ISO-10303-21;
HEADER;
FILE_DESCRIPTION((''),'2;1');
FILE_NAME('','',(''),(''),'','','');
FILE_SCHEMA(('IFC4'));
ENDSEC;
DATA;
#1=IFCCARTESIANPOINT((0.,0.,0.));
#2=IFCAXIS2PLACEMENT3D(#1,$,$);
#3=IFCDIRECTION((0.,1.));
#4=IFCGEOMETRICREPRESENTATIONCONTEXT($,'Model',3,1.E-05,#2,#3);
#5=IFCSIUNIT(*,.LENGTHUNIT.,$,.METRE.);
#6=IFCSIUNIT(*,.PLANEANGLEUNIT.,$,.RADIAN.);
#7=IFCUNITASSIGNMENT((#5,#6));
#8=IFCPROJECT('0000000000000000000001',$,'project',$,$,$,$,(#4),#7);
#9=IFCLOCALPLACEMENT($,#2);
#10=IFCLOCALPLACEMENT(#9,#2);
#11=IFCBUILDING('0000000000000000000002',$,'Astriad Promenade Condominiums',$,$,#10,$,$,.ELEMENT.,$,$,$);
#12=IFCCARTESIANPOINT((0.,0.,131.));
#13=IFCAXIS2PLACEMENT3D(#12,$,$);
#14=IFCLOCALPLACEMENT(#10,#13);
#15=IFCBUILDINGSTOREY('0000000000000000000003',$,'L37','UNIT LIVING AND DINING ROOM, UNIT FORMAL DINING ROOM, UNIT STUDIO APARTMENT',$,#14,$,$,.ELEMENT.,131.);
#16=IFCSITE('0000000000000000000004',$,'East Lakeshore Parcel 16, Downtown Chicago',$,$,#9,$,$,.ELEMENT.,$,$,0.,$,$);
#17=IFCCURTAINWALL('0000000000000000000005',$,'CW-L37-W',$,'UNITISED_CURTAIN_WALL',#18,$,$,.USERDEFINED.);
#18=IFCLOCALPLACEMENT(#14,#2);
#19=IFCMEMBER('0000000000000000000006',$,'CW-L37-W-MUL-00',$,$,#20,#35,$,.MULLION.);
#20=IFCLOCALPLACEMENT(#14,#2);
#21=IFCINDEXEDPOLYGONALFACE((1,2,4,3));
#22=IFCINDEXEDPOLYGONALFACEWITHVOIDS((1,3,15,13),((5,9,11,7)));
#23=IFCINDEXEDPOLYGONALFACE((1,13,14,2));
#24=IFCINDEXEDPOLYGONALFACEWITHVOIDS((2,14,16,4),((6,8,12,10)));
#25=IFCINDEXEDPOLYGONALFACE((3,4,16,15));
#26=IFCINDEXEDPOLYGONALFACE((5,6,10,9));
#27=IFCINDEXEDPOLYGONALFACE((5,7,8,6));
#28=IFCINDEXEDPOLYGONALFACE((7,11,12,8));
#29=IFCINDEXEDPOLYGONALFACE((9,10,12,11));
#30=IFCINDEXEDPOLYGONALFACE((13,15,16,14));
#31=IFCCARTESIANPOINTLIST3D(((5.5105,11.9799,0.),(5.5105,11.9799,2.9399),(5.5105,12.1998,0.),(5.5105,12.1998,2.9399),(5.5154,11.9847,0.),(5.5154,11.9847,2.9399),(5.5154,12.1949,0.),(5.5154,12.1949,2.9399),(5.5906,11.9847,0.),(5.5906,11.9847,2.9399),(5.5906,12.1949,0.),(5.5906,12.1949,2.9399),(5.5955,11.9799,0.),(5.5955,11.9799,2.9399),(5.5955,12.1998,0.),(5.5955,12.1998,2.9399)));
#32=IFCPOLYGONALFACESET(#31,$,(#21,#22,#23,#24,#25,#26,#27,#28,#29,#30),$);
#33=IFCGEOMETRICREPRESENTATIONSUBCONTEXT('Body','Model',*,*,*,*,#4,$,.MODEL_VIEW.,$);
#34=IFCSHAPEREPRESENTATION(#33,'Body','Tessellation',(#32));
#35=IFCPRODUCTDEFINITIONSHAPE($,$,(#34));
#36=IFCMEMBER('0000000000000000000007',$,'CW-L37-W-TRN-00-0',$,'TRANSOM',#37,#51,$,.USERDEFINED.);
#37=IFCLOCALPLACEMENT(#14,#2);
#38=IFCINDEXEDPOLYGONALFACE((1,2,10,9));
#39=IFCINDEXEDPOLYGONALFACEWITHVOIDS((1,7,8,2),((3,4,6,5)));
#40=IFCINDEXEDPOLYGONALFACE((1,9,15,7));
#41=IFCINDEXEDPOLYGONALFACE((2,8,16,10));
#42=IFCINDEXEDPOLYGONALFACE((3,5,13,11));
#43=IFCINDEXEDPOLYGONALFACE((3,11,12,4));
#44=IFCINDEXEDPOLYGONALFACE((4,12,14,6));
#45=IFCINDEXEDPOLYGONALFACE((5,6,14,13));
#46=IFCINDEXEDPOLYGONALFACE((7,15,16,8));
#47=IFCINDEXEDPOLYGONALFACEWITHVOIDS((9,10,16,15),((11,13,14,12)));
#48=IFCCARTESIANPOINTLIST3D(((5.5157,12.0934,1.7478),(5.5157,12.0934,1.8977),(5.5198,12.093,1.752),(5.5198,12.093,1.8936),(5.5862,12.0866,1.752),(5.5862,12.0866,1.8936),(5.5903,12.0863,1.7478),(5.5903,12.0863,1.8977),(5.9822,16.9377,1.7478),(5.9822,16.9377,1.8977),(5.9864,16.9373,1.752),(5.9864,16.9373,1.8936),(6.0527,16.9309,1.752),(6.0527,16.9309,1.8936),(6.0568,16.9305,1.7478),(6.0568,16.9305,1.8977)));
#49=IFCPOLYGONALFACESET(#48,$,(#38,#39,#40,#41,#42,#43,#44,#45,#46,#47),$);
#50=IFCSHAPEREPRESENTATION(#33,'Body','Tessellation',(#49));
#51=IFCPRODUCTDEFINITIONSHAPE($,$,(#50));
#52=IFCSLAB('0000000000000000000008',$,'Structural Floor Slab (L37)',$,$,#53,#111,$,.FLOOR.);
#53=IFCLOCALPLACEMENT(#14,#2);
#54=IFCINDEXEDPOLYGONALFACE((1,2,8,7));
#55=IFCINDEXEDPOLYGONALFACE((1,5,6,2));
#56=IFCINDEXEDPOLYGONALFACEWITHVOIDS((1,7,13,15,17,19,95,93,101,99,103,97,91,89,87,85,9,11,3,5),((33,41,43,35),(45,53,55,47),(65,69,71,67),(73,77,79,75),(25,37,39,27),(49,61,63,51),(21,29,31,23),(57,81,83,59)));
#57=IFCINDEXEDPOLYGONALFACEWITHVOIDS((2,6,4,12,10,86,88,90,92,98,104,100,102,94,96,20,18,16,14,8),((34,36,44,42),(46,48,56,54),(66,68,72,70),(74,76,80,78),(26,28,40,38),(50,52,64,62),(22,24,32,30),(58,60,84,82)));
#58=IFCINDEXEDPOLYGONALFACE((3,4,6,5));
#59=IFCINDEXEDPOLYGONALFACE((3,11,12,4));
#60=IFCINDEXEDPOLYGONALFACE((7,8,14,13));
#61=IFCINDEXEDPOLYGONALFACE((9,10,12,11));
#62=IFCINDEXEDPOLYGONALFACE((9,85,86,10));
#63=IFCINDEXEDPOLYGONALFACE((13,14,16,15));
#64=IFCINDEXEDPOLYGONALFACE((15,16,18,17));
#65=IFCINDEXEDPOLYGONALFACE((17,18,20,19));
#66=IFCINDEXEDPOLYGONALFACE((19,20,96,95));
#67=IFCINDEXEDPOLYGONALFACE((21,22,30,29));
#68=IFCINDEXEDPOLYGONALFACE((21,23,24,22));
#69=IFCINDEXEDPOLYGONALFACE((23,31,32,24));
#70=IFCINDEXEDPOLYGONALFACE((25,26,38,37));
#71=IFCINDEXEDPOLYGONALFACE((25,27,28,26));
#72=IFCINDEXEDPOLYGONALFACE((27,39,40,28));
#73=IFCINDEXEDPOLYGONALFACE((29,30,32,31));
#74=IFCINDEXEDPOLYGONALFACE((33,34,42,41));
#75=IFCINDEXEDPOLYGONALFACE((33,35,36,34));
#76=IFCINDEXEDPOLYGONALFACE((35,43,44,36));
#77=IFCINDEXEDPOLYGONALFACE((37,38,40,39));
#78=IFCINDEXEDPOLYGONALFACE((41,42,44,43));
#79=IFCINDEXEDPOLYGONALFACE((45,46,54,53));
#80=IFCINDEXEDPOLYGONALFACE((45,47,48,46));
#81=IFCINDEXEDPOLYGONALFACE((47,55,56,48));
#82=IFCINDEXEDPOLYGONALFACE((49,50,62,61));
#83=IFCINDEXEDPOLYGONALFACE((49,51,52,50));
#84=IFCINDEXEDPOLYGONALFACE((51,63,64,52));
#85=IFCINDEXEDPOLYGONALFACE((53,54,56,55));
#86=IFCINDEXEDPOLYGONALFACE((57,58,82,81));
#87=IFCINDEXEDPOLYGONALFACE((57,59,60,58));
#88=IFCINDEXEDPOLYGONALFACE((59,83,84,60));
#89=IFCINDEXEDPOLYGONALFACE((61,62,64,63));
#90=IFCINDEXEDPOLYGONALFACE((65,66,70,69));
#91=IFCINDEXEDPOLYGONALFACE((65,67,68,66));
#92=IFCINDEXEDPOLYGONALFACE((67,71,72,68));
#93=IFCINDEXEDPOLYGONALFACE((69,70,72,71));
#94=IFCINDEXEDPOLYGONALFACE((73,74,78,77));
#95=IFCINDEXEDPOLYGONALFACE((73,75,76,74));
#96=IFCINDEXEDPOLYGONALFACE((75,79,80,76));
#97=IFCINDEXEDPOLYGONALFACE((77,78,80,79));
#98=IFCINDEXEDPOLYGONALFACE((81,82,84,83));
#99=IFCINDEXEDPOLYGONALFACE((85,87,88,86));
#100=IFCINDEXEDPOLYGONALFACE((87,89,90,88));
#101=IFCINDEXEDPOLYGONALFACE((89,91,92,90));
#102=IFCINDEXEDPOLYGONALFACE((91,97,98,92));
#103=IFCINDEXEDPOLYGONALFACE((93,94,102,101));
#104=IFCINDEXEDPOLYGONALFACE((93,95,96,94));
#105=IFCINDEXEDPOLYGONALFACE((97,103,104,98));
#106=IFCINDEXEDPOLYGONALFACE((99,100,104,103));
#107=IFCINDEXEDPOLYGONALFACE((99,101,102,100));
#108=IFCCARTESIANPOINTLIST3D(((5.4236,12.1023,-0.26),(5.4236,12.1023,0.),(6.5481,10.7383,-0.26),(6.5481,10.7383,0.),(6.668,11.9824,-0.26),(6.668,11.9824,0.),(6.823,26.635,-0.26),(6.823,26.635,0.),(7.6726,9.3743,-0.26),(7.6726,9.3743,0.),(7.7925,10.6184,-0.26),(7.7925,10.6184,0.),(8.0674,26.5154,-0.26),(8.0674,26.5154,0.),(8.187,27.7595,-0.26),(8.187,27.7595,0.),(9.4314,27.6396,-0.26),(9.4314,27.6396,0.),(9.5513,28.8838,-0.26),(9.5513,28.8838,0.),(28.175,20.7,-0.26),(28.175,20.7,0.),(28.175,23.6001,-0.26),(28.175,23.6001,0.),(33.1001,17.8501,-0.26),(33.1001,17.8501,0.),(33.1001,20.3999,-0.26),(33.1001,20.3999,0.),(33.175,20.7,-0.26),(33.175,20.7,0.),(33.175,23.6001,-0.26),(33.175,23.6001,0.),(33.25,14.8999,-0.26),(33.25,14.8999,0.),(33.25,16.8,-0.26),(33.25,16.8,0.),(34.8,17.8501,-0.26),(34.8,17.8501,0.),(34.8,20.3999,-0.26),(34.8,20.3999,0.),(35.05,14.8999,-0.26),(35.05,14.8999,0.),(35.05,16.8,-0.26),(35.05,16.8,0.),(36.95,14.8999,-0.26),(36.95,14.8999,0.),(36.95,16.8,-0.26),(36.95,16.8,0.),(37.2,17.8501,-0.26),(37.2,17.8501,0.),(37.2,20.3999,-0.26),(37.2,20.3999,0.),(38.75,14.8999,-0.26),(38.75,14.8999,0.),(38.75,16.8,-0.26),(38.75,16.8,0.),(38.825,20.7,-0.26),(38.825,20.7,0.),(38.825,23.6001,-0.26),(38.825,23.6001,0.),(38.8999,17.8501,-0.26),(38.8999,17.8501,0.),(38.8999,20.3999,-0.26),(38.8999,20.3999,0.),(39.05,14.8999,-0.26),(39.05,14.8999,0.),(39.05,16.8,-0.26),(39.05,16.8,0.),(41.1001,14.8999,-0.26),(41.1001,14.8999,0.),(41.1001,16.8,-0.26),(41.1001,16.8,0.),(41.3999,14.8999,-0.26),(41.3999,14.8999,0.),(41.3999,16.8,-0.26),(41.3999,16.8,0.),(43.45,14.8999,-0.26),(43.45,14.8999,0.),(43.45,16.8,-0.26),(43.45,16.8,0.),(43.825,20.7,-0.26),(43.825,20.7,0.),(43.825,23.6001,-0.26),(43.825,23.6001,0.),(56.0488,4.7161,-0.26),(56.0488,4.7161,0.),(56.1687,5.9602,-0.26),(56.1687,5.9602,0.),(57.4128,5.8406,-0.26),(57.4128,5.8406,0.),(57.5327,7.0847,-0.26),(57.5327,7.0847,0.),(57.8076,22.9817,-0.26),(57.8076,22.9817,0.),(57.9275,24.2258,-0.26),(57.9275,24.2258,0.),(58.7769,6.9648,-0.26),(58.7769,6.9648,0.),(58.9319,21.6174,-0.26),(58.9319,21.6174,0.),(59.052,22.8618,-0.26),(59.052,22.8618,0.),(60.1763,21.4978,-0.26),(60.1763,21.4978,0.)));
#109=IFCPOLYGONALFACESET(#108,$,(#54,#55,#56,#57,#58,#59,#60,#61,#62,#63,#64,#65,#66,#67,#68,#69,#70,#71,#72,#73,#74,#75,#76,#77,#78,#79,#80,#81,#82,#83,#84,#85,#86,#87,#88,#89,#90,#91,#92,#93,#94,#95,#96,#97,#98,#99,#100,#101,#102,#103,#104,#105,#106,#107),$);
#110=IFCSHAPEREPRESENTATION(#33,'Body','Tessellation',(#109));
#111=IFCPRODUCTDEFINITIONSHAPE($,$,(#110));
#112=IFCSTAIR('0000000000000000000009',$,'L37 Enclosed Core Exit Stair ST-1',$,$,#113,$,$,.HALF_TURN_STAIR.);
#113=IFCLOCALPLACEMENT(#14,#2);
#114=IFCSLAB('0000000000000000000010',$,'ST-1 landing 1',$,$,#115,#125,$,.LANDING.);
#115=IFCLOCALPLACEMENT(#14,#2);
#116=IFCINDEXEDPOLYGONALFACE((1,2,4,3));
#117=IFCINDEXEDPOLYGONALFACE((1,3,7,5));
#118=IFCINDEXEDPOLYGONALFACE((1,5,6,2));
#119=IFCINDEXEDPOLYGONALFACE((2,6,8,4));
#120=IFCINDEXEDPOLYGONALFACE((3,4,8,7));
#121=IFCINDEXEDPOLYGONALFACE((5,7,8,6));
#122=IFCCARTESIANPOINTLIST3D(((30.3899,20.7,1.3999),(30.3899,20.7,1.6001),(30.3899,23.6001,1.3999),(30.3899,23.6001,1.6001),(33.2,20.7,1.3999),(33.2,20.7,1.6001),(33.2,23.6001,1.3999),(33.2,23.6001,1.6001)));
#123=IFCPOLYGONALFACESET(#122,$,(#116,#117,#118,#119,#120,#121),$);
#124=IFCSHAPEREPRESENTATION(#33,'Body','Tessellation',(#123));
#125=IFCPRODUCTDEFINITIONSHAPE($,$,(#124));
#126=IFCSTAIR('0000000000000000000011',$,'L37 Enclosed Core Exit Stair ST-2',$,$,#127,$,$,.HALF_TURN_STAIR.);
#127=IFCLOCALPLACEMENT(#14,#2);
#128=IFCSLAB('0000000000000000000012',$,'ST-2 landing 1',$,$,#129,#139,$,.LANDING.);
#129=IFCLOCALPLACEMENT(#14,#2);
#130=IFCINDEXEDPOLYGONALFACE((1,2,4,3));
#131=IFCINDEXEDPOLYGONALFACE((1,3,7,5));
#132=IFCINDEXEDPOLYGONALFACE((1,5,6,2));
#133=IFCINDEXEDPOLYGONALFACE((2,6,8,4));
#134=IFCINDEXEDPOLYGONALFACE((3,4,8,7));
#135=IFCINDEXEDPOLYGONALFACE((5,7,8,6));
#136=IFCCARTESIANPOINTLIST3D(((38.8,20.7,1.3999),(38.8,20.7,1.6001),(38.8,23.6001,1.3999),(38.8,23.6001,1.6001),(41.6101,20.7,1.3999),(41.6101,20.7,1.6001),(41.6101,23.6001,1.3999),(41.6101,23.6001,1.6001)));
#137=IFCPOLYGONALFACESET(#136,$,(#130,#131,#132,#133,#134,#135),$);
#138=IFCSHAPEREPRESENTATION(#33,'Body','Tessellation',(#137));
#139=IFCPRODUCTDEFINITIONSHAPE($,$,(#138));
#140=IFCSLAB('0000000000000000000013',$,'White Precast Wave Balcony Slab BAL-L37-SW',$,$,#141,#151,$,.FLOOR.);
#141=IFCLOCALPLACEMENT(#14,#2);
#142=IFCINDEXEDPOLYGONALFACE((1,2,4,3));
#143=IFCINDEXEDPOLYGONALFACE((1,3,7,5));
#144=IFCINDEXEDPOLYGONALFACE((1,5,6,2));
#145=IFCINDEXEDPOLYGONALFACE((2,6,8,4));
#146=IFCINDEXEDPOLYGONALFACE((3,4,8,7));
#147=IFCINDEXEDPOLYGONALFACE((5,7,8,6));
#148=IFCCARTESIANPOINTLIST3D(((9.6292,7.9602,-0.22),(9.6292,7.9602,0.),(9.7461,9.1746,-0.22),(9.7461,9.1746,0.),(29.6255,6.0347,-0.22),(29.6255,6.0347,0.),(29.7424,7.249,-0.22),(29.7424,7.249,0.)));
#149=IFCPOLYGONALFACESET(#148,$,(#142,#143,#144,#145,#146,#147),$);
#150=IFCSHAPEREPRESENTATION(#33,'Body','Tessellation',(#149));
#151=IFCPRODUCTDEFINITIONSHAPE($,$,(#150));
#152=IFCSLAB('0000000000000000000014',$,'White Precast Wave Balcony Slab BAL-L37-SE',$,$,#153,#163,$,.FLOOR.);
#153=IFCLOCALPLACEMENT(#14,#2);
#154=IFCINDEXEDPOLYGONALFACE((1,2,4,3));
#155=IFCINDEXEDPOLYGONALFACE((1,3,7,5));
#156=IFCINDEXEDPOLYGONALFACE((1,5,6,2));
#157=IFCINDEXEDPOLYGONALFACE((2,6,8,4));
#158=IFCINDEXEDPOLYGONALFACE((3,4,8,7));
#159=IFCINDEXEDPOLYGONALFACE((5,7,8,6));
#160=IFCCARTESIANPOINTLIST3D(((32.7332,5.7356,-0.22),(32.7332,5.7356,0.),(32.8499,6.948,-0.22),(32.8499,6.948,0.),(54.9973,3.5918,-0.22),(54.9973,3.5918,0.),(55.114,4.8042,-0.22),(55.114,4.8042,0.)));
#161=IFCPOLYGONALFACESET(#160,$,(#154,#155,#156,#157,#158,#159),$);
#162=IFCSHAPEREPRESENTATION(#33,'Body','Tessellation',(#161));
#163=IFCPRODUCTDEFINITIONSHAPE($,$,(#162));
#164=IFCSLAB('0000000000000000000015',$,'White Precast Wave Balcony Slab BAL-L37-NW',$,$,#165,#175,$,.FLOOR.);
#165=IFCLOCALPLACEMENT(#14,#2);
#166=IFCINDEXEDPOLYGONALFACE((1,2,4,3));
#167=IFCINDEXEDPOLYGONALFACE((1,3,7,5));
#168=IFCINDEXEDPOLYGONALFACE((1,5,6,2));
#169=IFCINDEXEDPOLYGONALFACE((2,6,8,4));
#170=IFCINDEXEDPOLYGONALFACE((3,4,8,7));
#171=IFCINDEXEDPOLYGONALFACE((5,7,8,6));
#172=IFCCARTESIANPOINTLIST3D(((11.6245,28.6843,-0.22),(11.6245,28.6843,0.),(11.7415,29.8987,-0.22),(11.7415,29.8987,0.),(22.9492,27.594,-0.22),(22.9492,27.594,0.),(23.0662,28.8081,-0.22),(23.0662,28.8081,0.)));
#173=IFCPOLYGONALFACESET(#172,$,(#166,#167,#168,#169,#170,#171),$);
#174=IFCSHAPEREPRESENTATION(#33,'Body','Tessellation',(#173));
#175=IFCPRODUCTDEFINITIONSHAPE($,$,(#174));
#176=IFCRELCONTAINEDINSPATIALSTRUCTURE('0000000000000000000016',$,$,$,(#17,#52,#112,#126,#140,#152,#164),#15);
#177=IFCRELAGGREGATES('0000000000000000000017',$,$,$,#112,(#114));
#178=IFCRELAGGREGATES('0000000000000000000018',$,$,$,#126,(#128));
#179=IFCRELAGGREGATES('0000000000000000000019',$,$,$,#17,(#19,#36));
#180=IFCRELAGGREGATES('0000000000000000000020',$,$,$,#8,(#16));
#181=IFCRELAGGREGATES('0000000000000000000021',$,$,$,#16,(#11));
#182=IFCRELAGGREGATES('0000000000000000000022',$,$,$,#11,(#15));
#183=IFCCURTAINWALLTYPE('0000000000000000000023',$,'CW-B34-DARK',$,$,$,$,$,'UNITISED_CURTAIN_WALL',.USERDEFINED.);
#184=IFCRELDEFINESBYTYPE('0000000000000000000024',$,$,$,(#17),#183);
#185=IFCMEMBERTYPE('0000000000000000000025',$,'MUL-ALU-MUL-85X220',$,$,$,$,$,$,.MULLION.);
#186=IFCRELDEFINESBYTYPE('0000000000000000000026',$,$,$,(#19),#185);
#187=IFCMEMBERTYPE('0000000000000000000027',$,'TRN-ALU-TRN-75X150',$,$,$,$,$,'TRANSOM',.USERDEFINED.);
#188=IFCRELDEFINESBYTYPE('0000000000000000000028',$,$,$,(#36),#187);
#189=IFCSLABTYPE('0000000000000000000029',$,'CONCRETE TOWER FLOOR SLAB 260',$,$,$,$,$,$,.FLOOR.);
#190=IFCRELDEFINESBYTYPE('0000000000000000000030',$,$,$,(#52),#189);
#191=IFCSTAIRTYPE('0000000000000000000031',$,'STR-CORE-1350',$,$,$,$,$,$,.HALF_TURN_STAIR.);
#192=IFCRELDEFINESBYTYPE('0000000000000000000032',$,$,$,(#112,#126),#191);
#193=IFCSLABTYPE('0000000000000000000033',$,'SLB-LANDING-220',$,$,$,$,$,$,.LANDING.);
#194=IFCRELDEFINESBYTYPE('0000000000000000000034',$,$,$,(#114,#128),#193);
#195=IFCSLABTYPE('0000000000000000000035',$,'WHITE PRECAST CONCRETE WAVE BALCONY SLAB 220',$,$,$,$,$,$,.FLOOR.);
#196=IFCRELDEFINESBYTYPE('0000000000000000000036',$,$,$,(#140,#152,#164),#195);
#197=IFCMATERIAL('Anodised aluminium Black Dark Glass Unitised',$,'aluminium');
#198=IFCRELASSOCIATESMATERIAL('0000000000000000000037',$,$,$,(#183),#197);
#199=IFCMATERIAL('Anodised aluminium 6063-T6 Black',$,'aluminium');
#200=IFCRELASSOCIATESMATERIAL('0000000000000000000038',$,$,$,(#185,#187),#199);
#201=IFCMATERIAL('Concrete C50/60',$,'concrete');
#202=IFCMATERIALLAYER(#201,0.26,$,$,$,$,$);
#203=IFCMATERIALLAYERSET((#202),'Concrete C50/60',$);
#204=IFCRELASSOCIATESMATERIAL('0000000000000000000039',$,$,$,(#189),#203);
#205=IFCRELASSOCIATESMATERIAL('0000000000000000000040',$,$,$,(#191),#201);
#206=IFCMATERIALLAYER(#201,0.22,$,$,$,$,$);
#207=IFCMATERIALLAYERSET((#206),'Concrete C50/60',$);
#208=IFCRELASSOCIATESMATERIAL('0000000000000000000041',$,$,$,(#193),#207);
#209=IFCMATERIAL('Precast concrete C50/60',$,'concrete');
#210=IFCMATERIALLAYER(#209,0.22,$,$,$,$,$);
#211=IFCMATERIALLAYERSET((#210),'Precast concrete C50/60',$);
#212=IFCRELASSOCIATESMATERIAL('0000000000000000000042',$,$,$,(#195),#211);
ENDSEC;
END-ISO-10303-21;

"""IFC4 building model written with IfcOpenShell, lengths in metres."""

from ifc_helpers import new_model, si_unit, direction, frame, origin, origin_2d, place, context, subcontext, project, spatial, polyline, hollow_rectangle, outline, extrude, source, transform, mapped, material, layer, layer_set, material_profile, profile_set, type_object, type_shapes, element, aggregate, save


model = new_model("IFC4")

# Units and contexts
model_context = context("Model", 3, precision=1e-05, world=origin(), true_north=direction((0.0, 1.0)))
body_context = subcontext(model_context, "Body", "Model", "MODEL_VIEW")
ifc_project = project(units=[si_unit("LENGTHUNIT", "METRE"), si_unit("PLANEANGLEUNIT", "RADIAN")], contexts=[model_context])

# Site, building, storey
site_placement = place(None, origin())
site = spatial("IfcSite", under=ifc_project, at=site_placement, Name="East Lakeshore Parcel 16, Downtown Chicago", CompositionType="ELEMENT", RefElevation=0.0)
building_placement = place(site_placement, origin())
building = spatial("IfcBuilding", under=site, at=building_placement, Name="Astriad Promenade Condominiums", CompositionType="ELEMENT")
storey_placement = place(building_placement, frame((0.0, 0.0, 131.0)))
storey = spatial("IfcBuildingStorey", under=building, at=storey_placement, Name="L37", Description="UNIT LIVING AND DINING ROOM, UNIT FORMAL DINING ROOM, UNIT STUDIO APARTMENT", CompositionType="ELEMENT", Elevation=131.0)

# Curtain wall, members
ifc_material_1 = material(Name="Anodised aluminium Black Dark Glass Unitised", Category="aluminium")
curtain_wall_type = type_object("IfcCurtainWallType", Name="CW-B34-DARK", ElementType="UNITISED_CURTAIN_WALL", PredefinedType="USERDEFINED", material=ifc_material_1)
curtain_wall_placement = place(storey_placement, origin())
curtain_wall = element("IfcCurtainWall", 1, at=curtain_wall_placement, inside=storey, type_object=curtain_wall_type, Name="CW-L37-W", ObjectType="UNITISED_CURTAIN_WALL", PredefinedType="USERDEFINED")
ifc_material_2 = material(Name="Anodised aluminium 6063-T6 Black", Category="aluminium")
ifc_material_profile_1 = material_profile(ifc_material_2, hollow_rectangle(XDim=0.085, YDim=0.22, WallThickness=0.0049, at=origin_2d()), Name="ALU-MUL-85X220")
ifc_profile_set_1 = profile_set([ifc_material_profile_1], Name="Anodised aluminium 6063-T6 Black")
member_type_1 = type_object("IfcMemberType", Name="MUL-ALU-MUL-85X220", PredefinedType="MULLION", material=ifc_profile_set_1)
shared_shape_1 = source(origin(), body_context, "Body", "SweptSolid", [
    extrude(hollow_rectangle(XDim=0.085, YDim=0.22, WallThickness=0.0049, at=origin_2d()), origin(), (0.0, 0.0, 1.0), 2.9399),
])
type_shapes(member_type_1, [shared_shape_1])
member_1_placement = place(storey_placement, frame((5.553, 12.0898, 0.0), z_axis=(0.0, 0.0, 1.0), x_axis=(1.0, 0.0, 0.0)))
member_1 = element("IfcMember", 2, at=member_1_placement, type_object=member_type_1, Name="CW-L37-W-MUL-00", PredefinedType="MULLION", context=body_context, shape_type="MappedRepresentation", body=[
    mapped(shared_shape_1, transform((0.0, 0.0, 0.0), scale=1.0)),
])
ifc_material_profile_2 = material_profile(ifc_material_2, hollow_rectangle(XDim=0.075, YDim=0.1499, WallThickness=0.0042, at=origin_2d()), Name="ALU-TRN-75X150")
ifc_profile_set_2 = profile_set([ifc_material_profile_2], Name="Anodised aluminium 6063-T6 Black")
member_type_2 = type_object("IfcMemberType", Name="TRN-ALU-TRN-75X150", ElementType="TRANSOM", PredefinedType="USERDEFINED", material=ifc_profile_set_2)
shared_shape_2 = source(origin(), body_context, "Body", "SweptSolid", [
    extrude(hollow_rectangle(XDim=0.075, YDim=0.1499, WallThickness=0.0042, at=origin_2d()), origin(), (0.0, 0.0, 1.0), 4.8667),
])
type_shapes(member_type_2, [shared_shape_2])
member_2_placement = place(storey_placement, frame((5.553, 12.0898, 1.8228), z_axis=(0.095867, 0.995394, 0.0), x_axis=(-0.995394, 0.095867, 0.0)))
member_2 = element("IfcMember", 3, at=member_2_placement, type_object=member_type_2, Name="CW-L37-W-TRN-00-0", ObjectType="TRANSOM", PredefinedType="USERDEFINED", context=body_context, shape_type="MappedRepresentation", body=[
    mapped(shared_shape_2, transform((0.0, 0.0, 0.0), scale=1.0)),
])

# Slab
ifc_material_3 = material(Name="Concrete C50/60", Category="concrete")
ifc_layer_1 = layer(ifc_material_3, 0.26)
ifc_layer_set_1 = layer_set([ifc_layer_1], Name="Concrete C50/60")
slab_type_1 = type_object("IfcSlabType", Name="CONCRETE TOWER FLOOR SLAB 260", PredefinedType="FLOOR", material=ifc_layer_set_1)
slab_1_placement = place(storey_placement, frame((0.0, 0.0, -0.26)))
element("IfcSlab", 4, at=slab_1_placement, inside=storey, type_object=slab_type_1, Name="Structural Floor Slab (L37)", PredefinedType="FLOOR", context=body_context, shape_type="SweptSolid", body=[
    extrude(outline(polyline([(7.6726, 9.3743), (56.0488, 4.7161), (56.1687, 5.9602), (57.4128, 5.8406), (57.5327, 7.0847), (58.7769, 6.9648), (60.1763, 21.4978), (58.9319, 21.6174), (59.052, 22.8618), (57.8076, 22.9817), (57.9275, 24.2258), (9.5513, 28.8838), (9.4314, 27.6396), (8.187, 27.7595), (8.0674, 26.5154), (6.823, 26.635), (5.4236, 12.1023), (6.668, 11.9824), (6.5481, 10.7383), (7.7925, 10.6184), (7.6726, 9.3743)]), holes=[polyline([(28.175, 20.7), (33.175, 20.7), (33.175, 23.6001), (28.175, 23.6001), (28.175, 20.7)]), polyline([(38.825, 20.7), (43.825, 20.7), (43.825, 23.6001), (38.825, 23.6001), (38.825, 20.7)]), polyline([(33.1001, 17.8501), (34.8, 17.8501), (34.8, 20.3999), (33.1001, 20.3999), (33.1001, 17.8501)]), polyline([(37.2, 17.8501), (38.8999, 17.8501), (38.8999, 20.3999), (37.2, 20.3999), (37.2, 17.8501)]), polyline([(33.25, 14.8999), (35.05, 14.8999), (35.05, 16.8), (33.25, 16.8), (33.25, 14.8999)]), polyline([(36.95, 14.8999), (38.75, 14.8999), (38.75, 16.8), (36.95, 16.8), (36.95, 14.8999)]), polyline([(39.05, 14.8999), (41.1001, 14.8999), (41.1001, 16.8), (39.05, 16.8), (39.05, 14.8999)]), polyline([(41.3999, 14.8999), (43.45, 14.8999), (43.45, 16.8), (41.3999, 16.8), (41.3999, 14.8999)])]), origin(), (0.0, 0.0, 1.0), 0.26),
])

# Stairs, slabs
stair_type = type_object("IfcStairType", Name="STR-CORE-1350", PredefinedType="HALF_TURN_STAIR", material=ifc_material_3)
stair_1_placement = place(storey_placement, origin())
stair_1 = element("IfcStair", 5, at=stair_1_placement, inside=storey, type_object=stair_type, Name="L37 Enclosed Core Exit Stair ST-1", PredefinedType="HALF_TURN_STAIR")
ifc_layer_2 = layer(ifc_material_3, 0.22)
ifc_layer_set_2 = layer_set([ifc_layer_2], Name="Concrete C50/60")
slab_type_2 = type_object("IfcSlabType", Name="SLB-LANDING-220", PredefinedType="LANDING", material=ifc_layer_set_2)
slab_2_placement = place(storey_placement, frame((0.0, 0.0, 1.3999)))
slab_2 = element("IfcSlab", 6, at=slab_2_placement, type_object=slab_type_2, Name="ST-1 landing 1", PredefinedType="LANDING", context=body_context, shape_type="SweptSolid", body=[
    extrude(outline(polyline([(30.3899, 20.7), (33.2, 20.7), (33.2, 23.6001), (30.3899, 23.6001), (30.3899, 20.7)])), origin(), (0.0, 0.0, 1.0), 0.2002),
])
aggregate(stair_1, [slab_2])
stair_2_placement = place(storey_placement, origin())
stair_2 = element("IfcStair", 7, at=stair_2_placement, inside=storey, type_object=stair_type, Name="L37 Enclosed Core Exit Stair ST-2", PredefinedType="HALF_TURN_STAIR")
slab_3_placement = place(storey_placement, frame((0.0, 0.0, 1.3999)))
slab_3 = element("IfcSlab", 8, at=slab_3_placement, type_object=slab_type_2, Name="ST-2 landing 1", PredefinedType="LANDING", context=body_context, shape_type="SweptSolid", body=[
    extrude(outline(polyline([(41.6101, 23.6001), (38.8, 23.6001), (38.8, 20.7), (41.6101, 20.7), (41.6101, 23.6001)])), origin(), (0.0, 0.0, 1.0), 0.2002),
])
aggregate(stair_2, [slab_3])

# Slabs
ifc_material_4 = material(Name="Precast concrete C50/60", Category="concrete")
ifc_layer_3 = layer(ifc_material_4, 0.22)
ifc_layer_set_3 = layer_set([ifc_layer_3], Name="Precast concrete C50/60")
slab_type_3 = type_object("IfcSlabType", Name="WHITE PRECAST CONCRETE WAVE BALCONY SLAB 220", PredefinedType="FLOOR", material=ifc_layer_set_3)
slab_4_placement = place(storey_placement, frame((0.0, 0.0, -0.22)))
element("IfcSlab", 9, at=slab_4_placement, inside=storey, type_object=slab_type_3, Name="White Precast Wave Balcony Slab BAL-L37-SW", PredefinedType="FLOOR", context=body_context, shape_type="SweptSolid", body=[
    extrude(outline(polyline([(9.6292, 7.9602), (29.6255, 6.0347), (29.7424, 7.249), (9.7461, 9.1746), (9.6292, 7.9602)])), origin(), (0.0, 0.0, 1.0), 0.22),
])
slab_5_placement = place(storey_placement, frame((0.0, 0.0, -0.22)))
element("IfcSlab", 10, at=slab_5_placement, inside=storey, type_object=slab_type_3, Name="White Precast Wave Balcony Slab BAL-L37-SE", PredefinedType="FLOOR", context=body_context, shape_type="SweptSolid", body=[
    extrude(outline(polyline([(54.9973, 3.5918), (32.7332, 5.7356), (32.8499, 6.948), (55.114, 4.8042), (54.9973, 3.5918)])), origin(), (0.0, 0.0, 1.0), 0.22),
])
slab_6_placement = place(storey_placement, frame((0.0, 0.0, -0.22)))
element("IfcSlab", 11, at=slab_6_placement, inside=storey, type_object=slab_type_3, Name="White Precast Wave Balcony Slab BAL-L37-NW", PredefinedType="FLOOR", context=body_context, shape_type="SweptSolid", body=[
    extrude(outline(polyline([(11.6245, 28.6843), (22.9492, 27.594), (23.0662, 28.8081), (11.7415, 29.8987), (11.6245, 28.6843)])), origin(), (0.0, 0.0, 1.0), 0.22),
])

aggregate(curtain_wall, [member_1, member_2])

save(model, "model.ifc")
